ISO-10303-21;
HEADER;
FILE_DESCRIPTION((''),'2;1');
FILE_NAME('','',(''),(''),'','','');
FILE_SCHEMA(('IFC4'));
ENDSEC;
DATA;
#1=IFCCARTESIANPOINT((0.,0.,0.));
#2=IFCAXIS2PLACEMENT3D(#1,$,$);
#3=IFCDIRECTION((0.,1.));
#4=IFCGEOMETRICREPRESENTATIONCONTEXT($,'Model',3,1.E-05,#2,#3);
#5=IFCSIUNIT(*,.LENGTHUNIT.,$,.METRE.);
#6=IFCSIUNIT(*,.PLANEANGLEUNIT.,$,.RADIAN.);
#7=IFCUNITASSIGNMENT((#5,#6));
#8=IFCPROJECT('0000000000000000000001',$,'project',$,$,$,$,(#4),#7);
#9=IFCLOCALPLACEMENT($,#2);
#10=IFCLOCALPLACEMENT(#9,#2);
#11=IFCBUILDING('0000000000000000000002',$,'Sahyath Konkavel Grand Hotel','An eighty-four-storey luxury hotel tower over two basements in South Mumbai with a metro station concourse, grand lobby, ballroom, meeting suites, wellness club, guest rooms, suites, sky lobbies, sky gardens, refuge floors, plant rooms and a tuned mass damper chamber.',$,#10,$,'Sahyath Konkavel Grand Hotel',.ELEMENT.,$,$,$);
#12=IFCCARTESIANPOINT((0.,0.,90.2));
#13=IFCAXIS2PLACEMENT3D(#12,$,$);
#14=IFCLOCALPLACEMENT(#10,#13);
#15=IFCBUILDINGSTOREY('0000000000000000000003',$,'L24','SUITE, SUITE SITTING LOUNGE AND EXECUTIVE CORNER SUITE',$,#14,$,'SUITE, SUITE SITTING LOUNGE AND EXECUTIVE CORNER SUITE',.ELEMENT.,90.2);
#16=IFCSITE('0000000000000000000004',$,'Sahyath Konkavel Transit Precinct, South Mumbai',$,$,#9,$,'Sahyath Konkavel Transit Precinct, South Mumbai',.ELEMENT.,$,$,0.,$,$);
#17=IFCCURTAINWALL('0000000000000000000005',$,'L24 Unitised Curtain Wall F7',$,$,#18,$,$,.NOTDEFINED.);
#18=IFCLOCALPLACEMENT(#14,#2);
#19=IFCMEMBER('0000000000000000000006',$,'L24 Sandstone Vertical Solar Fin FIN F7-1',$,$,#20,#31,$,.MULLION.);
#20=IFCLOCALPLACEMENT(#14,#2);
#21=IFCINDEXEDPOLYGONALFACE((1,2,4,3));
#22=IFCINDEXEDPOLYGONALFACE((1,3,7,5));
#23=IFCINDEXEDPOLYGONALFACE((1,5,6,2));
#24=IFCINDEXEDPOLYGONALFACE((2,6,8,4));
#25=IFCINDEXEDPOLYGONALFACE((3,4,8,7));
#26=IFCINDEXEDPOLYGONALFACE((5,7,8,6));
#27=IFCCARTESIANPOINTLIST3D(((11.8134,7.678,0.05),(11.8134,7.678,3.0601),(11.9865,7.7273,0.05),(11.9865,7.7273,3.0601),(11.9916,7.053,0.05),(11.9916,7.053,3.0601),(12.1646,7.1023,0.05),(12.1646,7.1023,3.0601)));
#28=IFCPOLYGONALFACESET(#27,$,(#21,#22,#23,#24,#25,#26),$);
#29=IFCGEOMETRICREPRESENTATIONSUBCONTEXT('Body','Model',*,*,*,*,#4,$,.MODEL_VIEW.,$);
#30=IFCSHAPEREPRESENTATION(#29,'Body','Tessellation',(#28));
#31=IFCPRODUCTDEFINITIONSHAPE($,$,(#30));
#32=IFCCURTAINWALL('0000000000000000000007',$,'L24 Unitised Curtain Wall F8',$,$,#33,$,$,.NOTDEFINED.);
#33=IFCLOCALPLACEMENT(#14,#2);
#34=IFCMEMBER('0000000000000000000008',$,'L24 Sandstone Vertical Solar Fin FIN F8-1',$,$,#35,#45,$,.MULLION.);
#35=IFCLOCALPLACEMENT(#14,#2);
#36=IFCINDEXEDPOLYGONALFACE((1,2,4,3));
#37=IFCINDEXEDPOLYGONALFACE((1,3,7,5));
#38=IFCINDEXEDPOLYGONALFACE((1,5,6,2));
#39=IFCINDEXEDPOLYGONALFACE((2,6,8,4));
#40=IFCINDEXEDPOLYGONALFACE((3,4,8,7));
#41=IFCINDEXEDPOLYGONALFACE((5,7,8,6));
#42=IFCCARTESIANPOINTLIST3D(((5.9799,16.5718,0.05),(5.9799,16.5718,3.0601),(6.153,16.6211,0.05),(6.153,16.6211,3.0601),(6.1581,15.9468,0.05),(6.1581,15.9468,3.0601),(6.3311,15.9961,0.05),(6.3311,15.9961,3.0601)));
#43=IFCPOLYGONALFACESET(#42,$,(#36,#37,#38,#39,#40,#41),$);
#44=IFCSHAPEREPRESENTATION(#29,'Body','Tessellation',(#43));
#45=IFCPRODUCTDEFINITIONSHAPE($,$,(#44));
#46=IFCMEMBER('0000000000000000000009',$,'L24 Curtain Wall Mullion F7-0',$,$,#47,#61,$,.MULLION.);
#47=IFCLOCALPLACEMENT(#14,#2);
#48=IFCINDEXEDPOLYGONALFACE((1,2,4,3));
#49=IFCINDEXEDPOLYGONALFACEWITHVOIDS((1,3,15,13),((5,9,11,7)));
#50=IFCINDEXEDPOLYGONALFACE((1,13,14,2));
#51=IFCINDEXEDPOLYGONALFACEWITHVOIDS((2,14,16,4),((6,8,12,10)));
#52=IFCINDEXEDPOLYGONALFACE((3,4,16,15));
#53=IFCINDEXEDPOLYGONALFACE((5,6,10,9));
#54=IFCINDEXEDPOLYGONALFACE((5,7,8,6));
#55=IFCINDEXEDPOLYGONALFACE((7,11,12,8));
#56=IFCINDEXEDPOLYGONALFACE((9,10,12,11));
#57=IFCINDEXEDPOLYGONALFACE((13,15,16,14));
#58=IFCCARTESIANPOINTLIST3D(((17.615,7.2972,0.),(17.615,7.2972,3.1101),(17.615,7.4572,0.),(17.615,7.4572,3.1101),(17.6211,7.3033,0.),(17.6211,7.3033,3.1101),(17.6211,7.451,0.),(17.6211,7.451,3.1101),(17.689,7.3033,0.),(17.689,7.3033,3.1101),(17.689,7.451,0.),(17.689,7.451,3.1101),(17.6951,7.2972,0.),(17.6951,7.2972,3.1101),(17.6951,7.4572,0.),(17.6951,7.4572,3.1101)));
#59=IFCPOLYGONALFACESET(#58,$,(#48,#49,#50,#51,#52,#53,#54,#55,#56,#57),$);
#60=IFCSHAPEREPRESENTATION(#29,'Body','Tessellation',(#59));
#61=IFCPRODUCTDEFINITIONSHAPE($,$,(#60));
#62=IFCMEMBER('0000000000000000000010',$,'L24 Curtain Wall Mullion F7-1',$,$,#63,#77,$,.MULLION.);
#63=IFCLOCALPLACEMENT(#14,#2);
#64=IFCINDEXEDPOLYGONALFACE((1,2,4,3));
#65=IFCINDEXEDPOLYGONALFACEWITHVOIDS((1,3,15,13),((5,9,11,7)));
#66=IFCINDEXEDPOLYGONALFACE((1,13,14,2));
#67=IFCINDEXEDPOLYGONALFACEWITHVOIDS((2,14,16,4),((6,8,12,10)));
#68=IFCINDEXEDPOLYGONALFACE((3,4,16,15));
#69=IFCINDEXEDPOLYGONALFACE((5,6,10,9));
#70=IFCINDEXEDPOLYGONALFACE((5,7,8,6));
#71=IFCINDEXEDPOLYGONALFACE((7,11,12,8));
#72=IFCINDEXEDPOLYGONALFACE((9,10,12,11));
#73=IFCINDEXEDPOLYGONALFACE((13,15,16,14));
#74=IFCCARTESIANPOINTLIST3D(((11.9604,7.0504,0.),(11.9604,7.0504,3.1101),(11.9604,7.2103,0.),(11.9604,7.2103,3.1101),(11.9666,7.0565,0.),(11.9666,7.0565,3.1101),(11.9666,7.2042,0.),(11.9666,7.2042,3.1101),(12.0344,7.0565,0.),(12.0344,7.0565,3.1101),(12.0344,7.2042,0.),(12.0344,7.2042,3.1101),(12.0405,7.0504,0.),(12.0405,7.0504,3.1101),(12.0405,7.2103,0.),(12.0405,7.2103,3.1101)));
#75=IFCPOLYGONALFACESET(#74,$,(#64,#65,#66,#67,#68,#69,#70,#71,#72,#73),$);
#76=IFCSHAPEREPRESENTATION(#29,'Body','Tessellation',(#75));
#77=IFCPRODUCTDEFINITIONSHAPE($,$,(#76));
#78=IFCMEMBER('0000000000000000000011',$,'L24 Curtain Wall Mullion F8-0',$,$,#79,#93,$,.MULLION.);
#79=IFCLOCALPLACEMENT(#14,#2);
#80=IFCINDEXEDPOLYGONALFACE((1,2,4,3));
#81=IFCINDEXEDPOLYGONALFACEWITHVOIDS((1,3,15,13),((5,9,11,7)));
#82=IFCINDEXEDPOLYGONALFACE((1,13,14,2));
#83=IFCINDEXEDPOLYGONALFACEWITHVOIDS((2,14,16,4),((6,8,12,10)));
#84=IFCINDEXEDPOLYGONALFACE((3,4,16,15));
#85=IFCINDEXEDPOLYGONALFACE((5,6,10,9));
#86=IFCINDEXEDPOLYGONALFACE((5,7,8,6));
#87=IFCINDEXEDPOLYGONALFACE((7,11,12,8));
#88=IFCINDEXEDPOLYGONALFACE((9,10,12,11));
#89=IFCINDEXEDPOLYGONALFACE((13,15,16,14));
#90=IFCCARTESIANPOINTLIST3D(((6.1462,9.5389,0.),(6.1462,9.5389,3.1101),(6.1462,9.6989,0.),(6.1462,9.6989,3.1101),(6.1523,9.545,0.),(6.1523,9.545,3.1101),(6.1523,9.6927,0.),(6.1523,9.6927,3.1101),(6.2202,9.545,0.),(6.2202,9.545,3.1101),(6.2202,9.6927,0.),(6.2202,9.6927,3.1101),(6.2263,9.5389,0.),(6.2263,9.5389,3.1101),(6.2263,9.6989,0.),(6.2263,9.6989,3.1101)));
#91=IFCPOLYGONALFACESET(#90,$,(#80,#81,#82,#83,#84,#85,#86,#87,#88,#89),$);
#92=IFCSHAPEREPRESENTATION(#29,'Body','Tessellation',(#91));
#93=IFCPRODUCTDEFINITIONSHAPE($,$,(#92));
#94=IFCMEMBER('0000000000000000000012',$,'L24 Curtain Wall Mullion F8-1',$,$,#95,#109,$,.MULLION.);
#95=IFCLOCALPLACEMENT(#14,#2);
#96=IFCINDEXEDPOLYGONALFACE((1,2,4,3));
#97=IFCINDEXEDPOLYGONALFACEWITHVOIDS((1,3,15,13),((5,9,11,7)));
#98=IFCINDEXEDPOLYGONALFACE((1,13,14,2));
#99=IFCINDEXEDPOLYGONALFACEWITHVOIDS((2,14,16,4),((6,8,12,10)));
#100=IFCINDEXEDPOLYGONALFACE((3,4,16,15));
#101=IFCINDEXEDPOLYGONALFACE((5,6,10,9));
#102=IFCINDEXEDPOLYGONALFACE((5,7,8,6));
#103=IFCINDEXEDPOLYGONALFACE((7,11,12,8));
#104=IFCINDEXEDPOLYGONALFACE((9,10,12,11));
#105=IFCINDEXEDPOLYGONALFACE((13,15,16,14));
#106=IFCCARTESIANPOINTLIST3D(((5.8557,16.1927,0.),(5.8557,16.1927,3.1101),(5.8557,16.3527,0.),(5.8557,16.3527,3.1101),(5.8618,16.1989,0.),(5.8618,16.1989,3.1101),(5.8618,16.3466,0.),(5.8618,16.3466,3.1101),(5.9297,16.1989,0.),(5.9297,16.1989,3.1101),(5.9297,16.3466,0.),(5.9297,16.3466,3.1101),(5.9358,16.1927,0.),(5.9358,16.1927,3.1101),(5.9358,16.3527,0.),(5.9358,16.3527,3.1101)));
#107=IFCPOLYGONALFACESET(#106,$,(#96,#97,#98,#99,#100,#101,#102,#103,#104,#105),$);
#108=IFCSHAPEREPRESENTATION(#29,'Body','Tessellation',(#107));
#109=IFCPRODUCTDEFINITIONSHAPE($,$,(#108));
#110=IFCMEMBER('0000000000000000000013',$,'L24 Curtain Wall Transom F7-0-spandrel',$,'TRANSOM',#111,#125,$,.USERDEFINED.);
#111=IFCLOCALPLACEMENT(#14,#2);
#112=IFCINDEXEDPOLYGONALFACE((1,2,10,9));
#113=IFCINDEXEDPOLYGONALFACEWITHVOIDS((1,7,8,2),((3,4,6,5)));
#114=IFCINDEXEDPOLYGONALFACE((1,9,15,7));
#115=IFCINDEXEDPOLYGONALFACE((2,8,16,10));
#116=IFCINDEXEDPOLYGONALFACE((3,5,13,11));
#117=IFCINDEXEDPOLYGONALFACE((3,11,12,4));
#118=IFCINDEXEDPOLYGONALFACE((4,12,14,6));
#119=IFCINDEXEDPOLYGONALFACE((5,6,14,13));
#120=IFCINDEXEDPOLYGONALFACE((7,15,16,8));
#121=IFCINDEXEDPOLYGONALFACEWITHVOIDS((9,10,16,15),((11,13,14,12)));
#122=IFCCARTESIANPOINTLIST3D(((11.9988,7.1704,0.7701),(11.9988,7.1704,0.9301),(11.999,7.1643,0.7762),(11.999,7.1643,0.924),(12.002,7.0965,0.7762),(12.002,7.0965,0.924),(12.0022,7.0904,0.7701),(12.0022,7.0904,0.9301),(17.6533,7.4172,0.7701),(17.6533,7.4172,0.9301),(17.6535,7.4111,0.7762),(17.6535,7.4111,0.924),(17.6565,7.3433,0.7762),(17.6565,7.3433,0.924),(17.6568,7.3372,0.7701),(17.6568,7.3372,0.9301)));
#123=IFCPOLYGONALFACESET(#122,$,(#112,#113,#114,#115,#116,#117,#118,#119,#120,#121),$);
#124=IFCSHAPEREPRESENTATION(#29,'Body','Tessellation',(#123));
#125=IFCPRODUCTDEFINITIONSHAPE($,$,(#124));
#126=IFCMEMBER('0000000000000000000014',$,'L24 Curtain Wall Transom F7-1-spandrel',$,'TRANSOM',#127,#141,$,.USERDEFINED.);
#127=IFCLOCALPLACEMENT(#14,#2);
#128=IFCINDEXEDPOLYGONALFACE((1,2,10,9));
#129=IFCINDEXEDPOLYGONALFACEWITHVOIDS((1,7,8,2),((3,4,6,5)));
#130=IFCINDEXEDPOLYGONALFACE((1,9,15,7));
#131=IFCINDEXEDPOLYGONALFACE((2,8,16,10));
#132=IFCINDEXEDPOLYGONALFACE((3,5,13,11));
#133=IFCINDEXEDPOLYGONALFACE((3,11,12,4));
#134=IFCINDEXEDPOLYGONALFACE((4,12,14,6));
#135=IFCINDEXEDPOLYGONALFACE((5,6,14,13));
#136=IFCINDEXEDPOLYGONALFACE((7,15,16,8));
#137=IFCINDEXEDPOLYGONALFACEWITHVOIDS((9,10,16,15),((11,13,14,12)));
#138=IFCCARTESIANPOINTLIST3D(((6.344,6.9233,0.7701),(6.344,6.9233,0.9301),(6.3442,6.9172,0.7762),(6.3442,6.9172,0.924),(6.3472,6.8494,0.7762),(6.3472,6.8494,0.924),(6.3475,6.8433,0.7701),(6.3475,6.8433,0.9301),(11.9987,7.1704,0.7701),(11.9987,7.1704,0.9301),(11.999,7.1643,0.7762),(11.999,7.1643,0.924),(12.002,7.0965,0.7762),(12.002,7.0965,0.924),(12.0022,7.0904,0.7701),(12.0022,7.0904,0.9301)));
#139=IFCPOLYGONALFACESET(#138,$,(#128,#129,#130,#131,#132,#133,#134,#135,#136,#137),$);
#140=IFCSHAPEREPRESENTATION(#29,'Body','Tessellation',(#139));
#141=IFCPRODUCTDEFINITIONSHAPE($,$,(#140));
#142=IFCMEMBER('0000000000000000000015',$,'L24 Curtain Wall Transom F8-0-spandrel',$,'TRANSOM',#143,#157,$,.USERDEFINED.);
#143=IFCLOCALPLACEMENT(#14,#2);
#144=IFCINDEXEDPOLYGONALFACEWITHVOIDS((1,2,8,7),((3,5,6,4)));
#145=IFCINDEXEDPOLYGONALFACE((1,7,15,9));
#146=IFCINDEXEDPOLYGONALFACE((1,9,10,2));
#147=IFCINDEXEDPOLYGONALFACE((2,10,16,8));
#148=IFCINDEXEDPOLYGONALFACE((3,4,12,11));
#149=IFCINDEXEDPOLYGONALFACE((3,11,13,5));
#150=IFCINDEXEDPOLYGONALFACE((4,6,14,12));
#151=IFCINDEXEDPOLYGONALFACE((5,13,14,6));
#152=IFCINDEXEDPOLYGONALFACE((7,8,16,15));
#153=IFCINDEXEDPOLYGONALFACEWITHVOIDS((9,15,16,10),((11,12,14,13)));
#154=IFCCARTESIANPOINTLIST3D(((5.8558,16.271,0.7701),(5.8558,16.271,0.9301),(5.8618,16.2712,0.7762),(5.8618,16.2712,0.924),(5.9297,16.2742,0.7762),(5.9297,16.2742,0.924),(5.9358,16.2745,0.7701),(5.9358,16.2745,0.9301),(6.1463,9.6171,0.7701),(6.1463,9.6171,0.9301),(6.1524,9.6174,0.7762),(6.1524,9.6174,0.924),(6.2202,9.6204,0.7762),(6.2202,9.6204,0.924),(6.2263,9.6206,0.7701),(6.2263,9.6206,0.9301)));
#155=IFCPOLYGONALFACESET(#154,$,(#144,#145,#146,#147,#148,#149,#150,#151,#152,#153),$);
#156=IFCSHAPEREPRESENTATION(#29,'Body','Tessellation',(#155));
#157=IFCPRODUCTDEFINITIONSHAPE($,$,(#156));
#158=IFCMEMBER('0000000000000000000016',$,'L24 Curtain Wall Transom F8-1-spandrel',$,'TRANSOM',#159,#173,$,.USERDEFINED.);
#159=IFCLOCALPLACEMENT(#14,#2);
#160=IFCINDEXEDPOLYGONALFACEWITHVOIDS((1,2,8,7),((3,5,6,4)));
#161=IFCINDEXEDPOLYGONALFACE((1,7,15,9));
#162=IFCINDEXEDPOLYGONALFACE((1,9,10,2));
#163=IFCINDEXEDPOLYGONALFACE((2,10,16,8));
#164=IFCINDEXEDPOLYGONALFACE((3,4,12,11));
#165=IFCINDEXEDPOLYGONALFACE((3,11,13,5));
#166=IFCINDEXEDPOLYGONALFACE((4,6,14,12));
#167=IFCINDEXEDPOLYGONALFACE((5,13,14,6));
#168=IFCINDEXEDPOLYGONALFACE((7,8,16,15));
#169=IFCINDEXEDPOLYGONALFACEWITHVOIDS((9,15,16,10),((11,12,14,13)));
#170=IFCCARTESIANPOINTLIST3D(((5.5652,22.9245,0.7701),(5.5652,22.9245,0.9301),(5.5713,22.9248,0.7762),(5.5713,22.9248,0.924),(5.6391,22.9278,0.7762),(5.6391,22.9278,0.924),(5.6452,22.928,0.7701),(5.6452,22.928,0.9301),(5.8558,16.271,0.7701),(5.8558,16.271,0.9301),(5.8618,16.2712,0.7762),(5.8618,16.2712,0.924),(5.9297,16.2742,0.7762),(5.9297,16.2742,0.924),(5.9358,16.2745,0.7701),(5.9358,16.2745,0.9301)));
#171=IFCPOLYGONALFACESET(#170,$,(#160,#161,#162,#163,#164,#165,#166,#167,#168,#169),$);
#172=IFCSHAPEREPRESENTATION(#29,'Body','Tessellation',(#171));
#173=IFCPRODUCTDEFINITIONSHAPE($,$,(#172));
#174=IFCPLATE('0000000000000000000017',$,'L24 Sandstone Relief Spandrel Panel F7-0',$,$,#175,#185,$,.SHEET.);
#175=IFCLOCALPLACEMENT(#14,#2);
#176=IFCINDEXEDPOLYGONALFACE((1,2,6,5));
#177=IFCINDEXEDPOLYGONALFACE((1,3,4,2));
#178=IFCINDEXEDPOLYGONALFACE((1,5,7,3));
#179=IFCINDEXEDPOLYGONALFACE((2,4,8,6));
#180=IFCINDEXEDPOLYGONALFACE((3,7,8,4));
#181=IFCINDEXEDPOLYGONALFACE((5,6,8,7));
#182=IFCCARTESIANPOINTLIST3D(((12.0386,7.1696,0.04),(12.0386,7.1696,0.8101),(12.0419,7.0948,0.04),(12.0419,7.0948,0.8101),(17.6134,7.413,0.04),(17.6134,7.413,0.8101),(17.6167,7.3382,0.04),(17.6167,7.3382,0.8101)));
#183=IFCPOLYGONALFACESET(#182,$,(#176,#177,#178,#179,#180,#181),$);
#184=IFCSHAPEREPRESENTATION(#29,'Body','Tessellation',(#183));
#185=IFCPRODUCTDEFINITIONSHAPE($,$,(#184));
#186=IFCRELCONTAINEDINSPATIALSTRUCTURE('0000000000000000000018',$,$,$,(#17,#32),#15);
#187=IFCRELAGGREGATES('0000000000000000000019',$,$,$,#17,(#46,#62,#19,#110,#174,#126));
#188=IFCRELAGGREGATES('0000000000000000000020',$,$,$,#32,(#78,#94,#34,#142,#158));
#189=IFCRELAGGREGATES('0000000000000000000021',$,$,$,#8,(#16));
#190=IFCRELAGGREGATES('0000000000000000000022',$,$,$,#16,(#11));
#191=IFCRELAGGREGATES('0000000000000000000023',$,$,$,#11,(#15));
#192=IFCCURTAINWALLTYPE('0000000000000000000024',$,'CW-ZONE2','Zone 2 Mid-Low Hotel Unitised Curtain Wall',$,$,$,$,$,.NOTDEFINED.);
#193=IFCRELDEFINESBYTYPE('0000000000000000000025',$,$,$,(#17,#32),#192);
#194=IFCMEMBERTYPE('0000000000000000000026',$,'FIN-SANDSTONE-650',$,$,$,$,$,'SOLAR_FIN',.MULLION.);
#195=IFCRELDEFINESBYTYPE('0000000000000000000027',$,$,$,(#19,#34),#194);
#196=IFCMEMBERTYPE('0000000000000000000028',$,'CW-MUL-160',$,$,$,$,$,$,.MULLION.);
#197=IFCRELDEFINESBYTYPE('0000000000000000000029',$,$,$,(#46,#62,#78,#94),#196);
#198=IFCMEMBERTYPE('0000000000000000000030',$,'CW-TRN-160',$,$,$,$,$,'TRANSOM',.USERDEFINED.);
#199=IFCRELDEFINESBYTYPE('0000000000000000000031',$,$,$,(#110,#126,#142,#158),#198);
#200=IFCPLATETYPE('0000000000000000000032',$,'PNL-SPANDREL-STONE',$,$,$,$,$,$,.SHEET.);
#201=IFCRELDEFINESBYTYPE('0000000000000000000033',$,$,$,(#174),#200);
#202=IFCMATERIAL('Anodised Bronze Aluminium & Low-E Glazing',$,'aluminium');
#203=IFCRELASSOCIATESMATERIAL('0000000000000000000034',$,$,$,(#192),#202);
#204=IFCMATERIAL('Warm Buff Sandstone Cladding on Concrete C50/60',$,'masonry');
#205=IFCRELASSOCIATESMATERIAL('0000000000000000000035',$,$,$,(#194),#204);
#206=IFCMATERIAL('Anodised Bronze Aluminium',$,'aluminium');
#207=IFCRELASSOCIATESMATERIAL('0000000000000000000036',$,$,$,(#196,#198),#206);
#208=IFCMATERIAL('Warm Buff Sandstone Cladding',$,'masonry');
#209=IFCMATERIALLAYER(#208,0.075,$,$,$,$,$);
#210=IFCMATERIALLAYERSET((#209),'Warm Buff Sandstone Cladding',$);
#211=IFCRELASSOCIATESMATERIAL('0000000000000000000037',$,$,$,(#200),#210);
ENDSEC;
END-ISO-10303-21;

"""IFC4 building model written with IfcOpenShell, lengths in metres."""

from ifc_helpers import new_model, si_unit, direction, frame, origin, origin_2d, place, context, subcontext, project, spatial, rectangle, hollow_rectangle, extrude, source, transform, mapped, material, layer, layer_set, material_profile, profile_set, type_object, element, aggregate, save


model = new_model("IFC4")

# Units and contexts
model_context = context("Model", 3, precision=1e-05, world=origin(), true_north=direction((0.0, 1.0)))
body_context = subcontext(model_context, "Body", "Model", "MODEL_VIEW")
ifc_project = project(units=[si_unit("LENGTHUNIT", "METRE"), si_unit("PLANEANGLEUNIT", "RADIAN")], contexts=[model_context])

# Site, building, storey
site_placement = place(None, origin())
site = spatial("IfcSite", under=ifc_project, at=site_placement, Name="Sahyath Konkavel Transit Precinct, South Mumbai", LongName="Sahyath Konkavel Transit Precinct, South Mumbai", CompositionType="ELEMENT", RefElevation=0.0)
building_placement = place(site_placement, origin())
building = spatial("IfcBuilding", under=site, at=building_placement, Name="Sahyath Konkavel Grand Hotel", Description="An eighty-four-storey luxury hotel tower over two basements in South Mumbai with a metro station concourse, grand lobby, ballroom, meeting suites, wellness club, guest rooms, suites, sky lobbies, sky gardens, refuge floors, plant rooms and a tuned mass damper chamber.", LongName="Sahyath Konkavel Grand Hotel", CompositionType="ELEMENT")
storey_placement = place(building_placement, frame((0.0, 0.0, 90.2)))
storey = spatial("IfcBuildingStorey", under=building, at=storey_placement, Name="L24", Description="SUITE, SUITE SITTING LOUNGE AND EXECUTIVE CORNER SUITE", LongName="SUITE, SUITE SITTING LOUNGE AND EXECUTIVE CORNER SUITE", CompositionType="ELEMENT", Elevation=90.2)

# Curtain walls, members
ifc_material_1 = material(Name="Anodised Bronze Aluminium & Low-E Glazing", Category="aluminium")
curtain_wall_type = type_object("IfcCurtainWallType", Name="CW-ZONE2", Description="Zone 2 Mid-Low Hotel Unitised Curtain Wall", PredefinedType="NOTDEFINED", material=ifc_material_1)
curtain_wall_1_placement = place(storey_placement, origin())
curtain_wall_1 = element("IfcCurtainWall", 1, at=curtain_wall_1_placement, inside=storey, type_object=curtain_wall_type, Name="L24 Unitised Curtain Wall F7", PredefinedType="NOTDEFINED")
ifc_material_2 = material(Name="Warm Buff Sandstone Cladding on Concrete C50/60", Category="masonry")
ifc_material_profile_1 = material_profile(ifc_material_2, rectangle(XDim=0.1799, YDim=0.6499, at=origin_2d()), Name="FIN 180x650")
ifc_profile_set_1 = profile_set([ifc_material_profile_1], Name="Warm Buff Sandstone Cladding on Concrete C50/60")
member_type_1 = type_object("IfcMemberType", Name="FIN-SANDSTONE-650", ElementType="SOLAR_FIN", PredefinedType="MULLION", material=ifc_profile_set_1)
shared_shape_1 = source(origin(), body_context, "Body", "SweptSolid", [
    extrude(rectangle(XDim=0.1799, YDim=0.6499, at=origin_2d()), origin(), (0.0, 0.0, 1.0), 3.01),
])
member_1_placement = place(storey_placement, frame((11.989, 7.3901, 0.05), z_axis=(0.0, 0.0, 1.0), x_axis=(0.961693, 0.274127, 0.0)))
member_1 = element("IfcMember", 2, at=member_1_placement, type_object=member_type_1, Name="L24 Sandstone Vertical Solar Fin FIN F7-1", PredefinedType="MULLION", context=body_context, shape_type="MappedRepresentation", body=[
    mapped(shared_shape_1, transform((0.0, 0.0, 0.0), scale=1.0)),
])
curtain_wall_2_placement = place(storey_placement, origin())
curtain_wall_2 = element("IfcCurtainWall", 3, at=curtain_wall_2_placement, inside=storey, type_object=curtain_wall_type, Name="L24 Unitised Curtain Wall F8", PredefinedType="NOTDEFINED")
member_2_placement = place(storey_placement, frame((6.1555, 16.2839, 0.05), z_axis=(0.0, 0.0, 1.0), x_axis=(0.961693, 0.274127, 0.0)))
member_2 = element("IfcMember", 4, at=member_2_placement, type_object=member_type_1, Name="L24 Sandstone Vertical Solar Fin FIN F8-1", PredefinedType="MULLION", context=body_context, shape_type="MappedRepresentation", body=[
    mapped(shared_shape_1, transform((0.0, 0.0, 0.0), scale=1.0)),
])

# Members
ifc_material_3 = material(Name="Anodised Bronze Aluminium", Category="aluminium")
ifc_material_profile_2 = material_profile(ifc_material_3, hollow_rectangle(XDim=0.0801, YDim=0.1599, WallThickness=0.0061, at=origin_2d()), Name="RHS 160x80x6")
ifc_profile_set_2 = profile_set([ifc_material_profile_2], Name="Anodised Bronze Aluminium")
member_type_2 = type_object("IfcMemberType", Name="CW-MUL-160", PredefinedType="MULLION", material=ifc_profile_set_2)
shared_shape_2 = source(origin(), body_context, "Body", "SweptSolid", [
    extrude(hollow_rectangle(XDim=0.0801, YDim=0.1599, WallThickness=0.0061, at=origin_2d()), origin(), (0.0, 0.0, 1.0), 3.1101),
])
member_3_placement = place(storey_placement, frame((17.655, 7.3772, 0.0), z_axis=(0.0, 0.0, 1.0), x_axis=(1.0, 0.0, 0.0)))
member_3 = element("IfcMember", 5, at=member_3_placement, type_object=member_type_2, Name="L24 Curtain Wall Mullion F7-0", PredefinedType="MULLION", context=body_context, shape_type="MappedRepresentation", body=[
    mapped(shared_shape_2, transform((0.0, 0.0, 0.0), scale=1.0)),
])
member_4_placement = place(storey_placement, frame((12.0005, 7.1304, 0.0), z_axis=(0.0, 0.0, 1.0), x_axis=(1.0, 0.0, 0.0)))
member_4 = element("IfcMember", 6, at=member_4_placement, type_object=member_type_2, Name="L24 Curtain Wall Mullion F7-1", PredefinedType="MULLION", context=body_context, shape_type="MappedRepresentation", body=[
    mapped(shared_shape_2, transform((0.0, 0.0, 0.0), scale=1.0)),
])
member_5_placement = place(storey_placement, frame((6.1863, 9.6189, 0.0), z_axis=(0.0, 0.0, 1.0), x_axis=(1.0, 0.0, 0.0)))
member_5 = element("IfcMember", 7, at=member_5_placement, type_object=member_type_2, Name="L24 Curtain Wall Mullion F8-0", PredefinedType="MULLION", context=body_context, shape_type="MappedRepresentation", body=[
    mapped(shared_shape_2, transform((0.0, 0.0, 0.0), scale=1.0)),
])
member_6_placement = place(storey_placement, frame((5.8958, 16.2727, 0.0), z_axis=(0.0, 0.0, 1.0), x_axis=(1.0, 0.0, 0.0)))
member_6 = element("IfcMember", 8, at=member_6_placement, type_object=member_type_2, Name="L24 Curtain Wall Mullion F8-1", PredefinedType="MULLION", context=body_context, shape_type="MappedRepresentation", body=[
    mapped(shared_shape_2, transform((0.0, 0.0, 0.0), scale=1.0)),
])
ifc_material_profile_3 = material_profile(ifc_material_3, hollow_rectangle(XDim=0.0801, YDim=0.1599, WallThickness=0.0061, at=origin_2d()), Name="RHS 160x80x6")
ifc_profile_set_3 = profile_set([ifc_material_profile_3], Name="Anodised Bronze Aluminium")
member_type_3 = type_object("IfcMemberType", Name="CW-TRN-160", ElementType="TRANSOM", PredefinedType="USERDEFINED", material=ifc_profile_set_3)
shared_shape_3 = source(origin(), body_context, "Body", "SweptSolid", [
    extrude(hollow_rectangle(XDim=0.0801, YDim=0.1599, WallThickness=0.0061, at=origin_2d()), origin(), (0.0, 0.0, 1.0), 5.6599),
])
member_7_placement = place(storey_placement, frame((17.655, 7.3772, 0.8501), z_axis=(-0.999049, -0.043609, 0.0), x_axis=(0.043609, -0.999049, 0.0)))
member_7 = element("IfcMember", 9, at=member_7_placement, type_object=member_type_3, Name="L24 Curtain Wall Transom F7-0-spandrel", ObjectType="TRANSOM", PredefinedType="USERDEFINED", context=body_context, shape_type="MappedRepresentation", body=[
    mapped(shared_shape_3, transform((0.0, 0.0, 0.0), scale=1.0)),
])
shared_shape_4 = source(origin(), body_context, "Body", "SweptSolid", [
    extrude(hollow_rectangle(XDim=0.0801, YDim=0.1599, WallThickness=0.0061, at=origin_2d()), origin(), (0.0, 0.0, 1.0), 5.6602),
])
member_8_placement = place(storey_placement, frame((12.0005, 7.1304, 0.8501), z_axis=(-0.999047, -0.043651, 0.0), x_axis=(0.043651, -0.999047, 0.0)))
member_8 = element("IfcMember", 10, at=member_8_placement, type_object=member_type_3, Name="L24 Curtain Wall Transom F7-1-spandrel", ObjectType="TRANSOM", PredefinedType="USERDEFINED", context=body_context, shape_type="MappedRepresentation", body=[
    mapped(shared_shape_4, transform((0.0, 0.0, 0.0), scale=1.0)),
])
shared_shape_5 = source(origin(), body_context, "Body", "SweptSolid", [
    extrude(hollow_rectangle(XDim=0.0801, YDim=0.1599, WallThickness=0.0061, at=origin_2d()), origin(), (0.0, 0.0, 1.0), 6.6602),
])
member_9_placement = place(storey_placement, frame((6.1863, 9.6189, 0.8501), z_axis=(-0.043622, 0.999048, 0.0), x_axis=(-0.999048, -0.043622, 0.0)))
member_9 = element("IfcMember", 11, at=member_9_placement, type_object=member_type_3, Name="L24 Curtain Wall Transom F8-0-spandrel", ObjectType="TRANSOM", PredefinedType="USERDEFINED", context=body_context, shape_type="MappedRepresentation", body=[
    mapped(shared_shape_5, transform((0.0, 0.0, 0.0), scale=1.0)),
])
shared_shape_6 = source(origin(), body_context, "Body", "SweptSolid", [
    extrude(hollow_rectangle(XDim=0.0801, YDim=0.1599, WallThickness=0.0061, at=origin_2d()), origin(), (0.0, 0.0, 1.0), 6.6599),
])
member_10_placement = place(storey_placement, frame((5.8958, 16.2727, 0.8501), z_axis=(-0.043623, 0.999048, 0.0), x_axis=(-0.999048, -0.043623, 0.0)))
member_10 = element("IfcMember", 12, at=member_10_placement, type_object=member_type_3, Name="L24 Curtain Wall Transom F8-1-spandrel", ObjectType="TRANSOM", PredefinedType="USERDEFINED", context=body_context, shape_type="MappedRepresentation", body=[
    mapped(shared_shape_6, transform((0.0, 0.0, 0.0), scale=1.0)),
])

# Plate
ifc_material_4 = material(Name="Warm Buff Sandstone Cladding", Category="masonry")
ifc_layer_1 = layer(ifc_material_4, 0.075)
ifc_layer_set_1 = layer_set([ifc_layer_1], Name="Warm Buff Sandstone Cladding")
plate_type_1 = type_object("IfcPlateType", Name="PNL-SPANDREL-STONE", PredefinedType="SHEET", material=ifc_layer_set_1)
shared_shape_7 = source(origin(), body_context, "Body", "SweptSolid", [
    extrude(rectangle(XDim=5.5801, YDim=0.075, at=origin_2d()), origin(), (0.0, 0.0, 1.0), 0.77),
])
plate_1_placement = place(storey_placement, frame((14.8276, 7.2539, 0.04), z_axis=(0.0, 0.0, 1.0), x_axis=(-0.999048, -0.043619, 0.0)))
plate_1 = element("IfcPlate", 13, at=plate_1_placement, type_object=plate_type_1, Name="L24 Sandstone Relief Spandrel Panel F7-0", PredefinedType="SHEET", context=body_context, shape_type="MappedRepresentation", body=[
    mapped(shared_shape_7, transform((0.0, 0.0, 0.0), scale=1.0)),
])
aggregate(curtain_wall_1, [member_3, member_4, member_1, member_7, plate_1, member_8])
aggregate(curtain_wall_2, [member_5, member_6, member_2, member_9, member_10])

save(model, "model.ifc")
